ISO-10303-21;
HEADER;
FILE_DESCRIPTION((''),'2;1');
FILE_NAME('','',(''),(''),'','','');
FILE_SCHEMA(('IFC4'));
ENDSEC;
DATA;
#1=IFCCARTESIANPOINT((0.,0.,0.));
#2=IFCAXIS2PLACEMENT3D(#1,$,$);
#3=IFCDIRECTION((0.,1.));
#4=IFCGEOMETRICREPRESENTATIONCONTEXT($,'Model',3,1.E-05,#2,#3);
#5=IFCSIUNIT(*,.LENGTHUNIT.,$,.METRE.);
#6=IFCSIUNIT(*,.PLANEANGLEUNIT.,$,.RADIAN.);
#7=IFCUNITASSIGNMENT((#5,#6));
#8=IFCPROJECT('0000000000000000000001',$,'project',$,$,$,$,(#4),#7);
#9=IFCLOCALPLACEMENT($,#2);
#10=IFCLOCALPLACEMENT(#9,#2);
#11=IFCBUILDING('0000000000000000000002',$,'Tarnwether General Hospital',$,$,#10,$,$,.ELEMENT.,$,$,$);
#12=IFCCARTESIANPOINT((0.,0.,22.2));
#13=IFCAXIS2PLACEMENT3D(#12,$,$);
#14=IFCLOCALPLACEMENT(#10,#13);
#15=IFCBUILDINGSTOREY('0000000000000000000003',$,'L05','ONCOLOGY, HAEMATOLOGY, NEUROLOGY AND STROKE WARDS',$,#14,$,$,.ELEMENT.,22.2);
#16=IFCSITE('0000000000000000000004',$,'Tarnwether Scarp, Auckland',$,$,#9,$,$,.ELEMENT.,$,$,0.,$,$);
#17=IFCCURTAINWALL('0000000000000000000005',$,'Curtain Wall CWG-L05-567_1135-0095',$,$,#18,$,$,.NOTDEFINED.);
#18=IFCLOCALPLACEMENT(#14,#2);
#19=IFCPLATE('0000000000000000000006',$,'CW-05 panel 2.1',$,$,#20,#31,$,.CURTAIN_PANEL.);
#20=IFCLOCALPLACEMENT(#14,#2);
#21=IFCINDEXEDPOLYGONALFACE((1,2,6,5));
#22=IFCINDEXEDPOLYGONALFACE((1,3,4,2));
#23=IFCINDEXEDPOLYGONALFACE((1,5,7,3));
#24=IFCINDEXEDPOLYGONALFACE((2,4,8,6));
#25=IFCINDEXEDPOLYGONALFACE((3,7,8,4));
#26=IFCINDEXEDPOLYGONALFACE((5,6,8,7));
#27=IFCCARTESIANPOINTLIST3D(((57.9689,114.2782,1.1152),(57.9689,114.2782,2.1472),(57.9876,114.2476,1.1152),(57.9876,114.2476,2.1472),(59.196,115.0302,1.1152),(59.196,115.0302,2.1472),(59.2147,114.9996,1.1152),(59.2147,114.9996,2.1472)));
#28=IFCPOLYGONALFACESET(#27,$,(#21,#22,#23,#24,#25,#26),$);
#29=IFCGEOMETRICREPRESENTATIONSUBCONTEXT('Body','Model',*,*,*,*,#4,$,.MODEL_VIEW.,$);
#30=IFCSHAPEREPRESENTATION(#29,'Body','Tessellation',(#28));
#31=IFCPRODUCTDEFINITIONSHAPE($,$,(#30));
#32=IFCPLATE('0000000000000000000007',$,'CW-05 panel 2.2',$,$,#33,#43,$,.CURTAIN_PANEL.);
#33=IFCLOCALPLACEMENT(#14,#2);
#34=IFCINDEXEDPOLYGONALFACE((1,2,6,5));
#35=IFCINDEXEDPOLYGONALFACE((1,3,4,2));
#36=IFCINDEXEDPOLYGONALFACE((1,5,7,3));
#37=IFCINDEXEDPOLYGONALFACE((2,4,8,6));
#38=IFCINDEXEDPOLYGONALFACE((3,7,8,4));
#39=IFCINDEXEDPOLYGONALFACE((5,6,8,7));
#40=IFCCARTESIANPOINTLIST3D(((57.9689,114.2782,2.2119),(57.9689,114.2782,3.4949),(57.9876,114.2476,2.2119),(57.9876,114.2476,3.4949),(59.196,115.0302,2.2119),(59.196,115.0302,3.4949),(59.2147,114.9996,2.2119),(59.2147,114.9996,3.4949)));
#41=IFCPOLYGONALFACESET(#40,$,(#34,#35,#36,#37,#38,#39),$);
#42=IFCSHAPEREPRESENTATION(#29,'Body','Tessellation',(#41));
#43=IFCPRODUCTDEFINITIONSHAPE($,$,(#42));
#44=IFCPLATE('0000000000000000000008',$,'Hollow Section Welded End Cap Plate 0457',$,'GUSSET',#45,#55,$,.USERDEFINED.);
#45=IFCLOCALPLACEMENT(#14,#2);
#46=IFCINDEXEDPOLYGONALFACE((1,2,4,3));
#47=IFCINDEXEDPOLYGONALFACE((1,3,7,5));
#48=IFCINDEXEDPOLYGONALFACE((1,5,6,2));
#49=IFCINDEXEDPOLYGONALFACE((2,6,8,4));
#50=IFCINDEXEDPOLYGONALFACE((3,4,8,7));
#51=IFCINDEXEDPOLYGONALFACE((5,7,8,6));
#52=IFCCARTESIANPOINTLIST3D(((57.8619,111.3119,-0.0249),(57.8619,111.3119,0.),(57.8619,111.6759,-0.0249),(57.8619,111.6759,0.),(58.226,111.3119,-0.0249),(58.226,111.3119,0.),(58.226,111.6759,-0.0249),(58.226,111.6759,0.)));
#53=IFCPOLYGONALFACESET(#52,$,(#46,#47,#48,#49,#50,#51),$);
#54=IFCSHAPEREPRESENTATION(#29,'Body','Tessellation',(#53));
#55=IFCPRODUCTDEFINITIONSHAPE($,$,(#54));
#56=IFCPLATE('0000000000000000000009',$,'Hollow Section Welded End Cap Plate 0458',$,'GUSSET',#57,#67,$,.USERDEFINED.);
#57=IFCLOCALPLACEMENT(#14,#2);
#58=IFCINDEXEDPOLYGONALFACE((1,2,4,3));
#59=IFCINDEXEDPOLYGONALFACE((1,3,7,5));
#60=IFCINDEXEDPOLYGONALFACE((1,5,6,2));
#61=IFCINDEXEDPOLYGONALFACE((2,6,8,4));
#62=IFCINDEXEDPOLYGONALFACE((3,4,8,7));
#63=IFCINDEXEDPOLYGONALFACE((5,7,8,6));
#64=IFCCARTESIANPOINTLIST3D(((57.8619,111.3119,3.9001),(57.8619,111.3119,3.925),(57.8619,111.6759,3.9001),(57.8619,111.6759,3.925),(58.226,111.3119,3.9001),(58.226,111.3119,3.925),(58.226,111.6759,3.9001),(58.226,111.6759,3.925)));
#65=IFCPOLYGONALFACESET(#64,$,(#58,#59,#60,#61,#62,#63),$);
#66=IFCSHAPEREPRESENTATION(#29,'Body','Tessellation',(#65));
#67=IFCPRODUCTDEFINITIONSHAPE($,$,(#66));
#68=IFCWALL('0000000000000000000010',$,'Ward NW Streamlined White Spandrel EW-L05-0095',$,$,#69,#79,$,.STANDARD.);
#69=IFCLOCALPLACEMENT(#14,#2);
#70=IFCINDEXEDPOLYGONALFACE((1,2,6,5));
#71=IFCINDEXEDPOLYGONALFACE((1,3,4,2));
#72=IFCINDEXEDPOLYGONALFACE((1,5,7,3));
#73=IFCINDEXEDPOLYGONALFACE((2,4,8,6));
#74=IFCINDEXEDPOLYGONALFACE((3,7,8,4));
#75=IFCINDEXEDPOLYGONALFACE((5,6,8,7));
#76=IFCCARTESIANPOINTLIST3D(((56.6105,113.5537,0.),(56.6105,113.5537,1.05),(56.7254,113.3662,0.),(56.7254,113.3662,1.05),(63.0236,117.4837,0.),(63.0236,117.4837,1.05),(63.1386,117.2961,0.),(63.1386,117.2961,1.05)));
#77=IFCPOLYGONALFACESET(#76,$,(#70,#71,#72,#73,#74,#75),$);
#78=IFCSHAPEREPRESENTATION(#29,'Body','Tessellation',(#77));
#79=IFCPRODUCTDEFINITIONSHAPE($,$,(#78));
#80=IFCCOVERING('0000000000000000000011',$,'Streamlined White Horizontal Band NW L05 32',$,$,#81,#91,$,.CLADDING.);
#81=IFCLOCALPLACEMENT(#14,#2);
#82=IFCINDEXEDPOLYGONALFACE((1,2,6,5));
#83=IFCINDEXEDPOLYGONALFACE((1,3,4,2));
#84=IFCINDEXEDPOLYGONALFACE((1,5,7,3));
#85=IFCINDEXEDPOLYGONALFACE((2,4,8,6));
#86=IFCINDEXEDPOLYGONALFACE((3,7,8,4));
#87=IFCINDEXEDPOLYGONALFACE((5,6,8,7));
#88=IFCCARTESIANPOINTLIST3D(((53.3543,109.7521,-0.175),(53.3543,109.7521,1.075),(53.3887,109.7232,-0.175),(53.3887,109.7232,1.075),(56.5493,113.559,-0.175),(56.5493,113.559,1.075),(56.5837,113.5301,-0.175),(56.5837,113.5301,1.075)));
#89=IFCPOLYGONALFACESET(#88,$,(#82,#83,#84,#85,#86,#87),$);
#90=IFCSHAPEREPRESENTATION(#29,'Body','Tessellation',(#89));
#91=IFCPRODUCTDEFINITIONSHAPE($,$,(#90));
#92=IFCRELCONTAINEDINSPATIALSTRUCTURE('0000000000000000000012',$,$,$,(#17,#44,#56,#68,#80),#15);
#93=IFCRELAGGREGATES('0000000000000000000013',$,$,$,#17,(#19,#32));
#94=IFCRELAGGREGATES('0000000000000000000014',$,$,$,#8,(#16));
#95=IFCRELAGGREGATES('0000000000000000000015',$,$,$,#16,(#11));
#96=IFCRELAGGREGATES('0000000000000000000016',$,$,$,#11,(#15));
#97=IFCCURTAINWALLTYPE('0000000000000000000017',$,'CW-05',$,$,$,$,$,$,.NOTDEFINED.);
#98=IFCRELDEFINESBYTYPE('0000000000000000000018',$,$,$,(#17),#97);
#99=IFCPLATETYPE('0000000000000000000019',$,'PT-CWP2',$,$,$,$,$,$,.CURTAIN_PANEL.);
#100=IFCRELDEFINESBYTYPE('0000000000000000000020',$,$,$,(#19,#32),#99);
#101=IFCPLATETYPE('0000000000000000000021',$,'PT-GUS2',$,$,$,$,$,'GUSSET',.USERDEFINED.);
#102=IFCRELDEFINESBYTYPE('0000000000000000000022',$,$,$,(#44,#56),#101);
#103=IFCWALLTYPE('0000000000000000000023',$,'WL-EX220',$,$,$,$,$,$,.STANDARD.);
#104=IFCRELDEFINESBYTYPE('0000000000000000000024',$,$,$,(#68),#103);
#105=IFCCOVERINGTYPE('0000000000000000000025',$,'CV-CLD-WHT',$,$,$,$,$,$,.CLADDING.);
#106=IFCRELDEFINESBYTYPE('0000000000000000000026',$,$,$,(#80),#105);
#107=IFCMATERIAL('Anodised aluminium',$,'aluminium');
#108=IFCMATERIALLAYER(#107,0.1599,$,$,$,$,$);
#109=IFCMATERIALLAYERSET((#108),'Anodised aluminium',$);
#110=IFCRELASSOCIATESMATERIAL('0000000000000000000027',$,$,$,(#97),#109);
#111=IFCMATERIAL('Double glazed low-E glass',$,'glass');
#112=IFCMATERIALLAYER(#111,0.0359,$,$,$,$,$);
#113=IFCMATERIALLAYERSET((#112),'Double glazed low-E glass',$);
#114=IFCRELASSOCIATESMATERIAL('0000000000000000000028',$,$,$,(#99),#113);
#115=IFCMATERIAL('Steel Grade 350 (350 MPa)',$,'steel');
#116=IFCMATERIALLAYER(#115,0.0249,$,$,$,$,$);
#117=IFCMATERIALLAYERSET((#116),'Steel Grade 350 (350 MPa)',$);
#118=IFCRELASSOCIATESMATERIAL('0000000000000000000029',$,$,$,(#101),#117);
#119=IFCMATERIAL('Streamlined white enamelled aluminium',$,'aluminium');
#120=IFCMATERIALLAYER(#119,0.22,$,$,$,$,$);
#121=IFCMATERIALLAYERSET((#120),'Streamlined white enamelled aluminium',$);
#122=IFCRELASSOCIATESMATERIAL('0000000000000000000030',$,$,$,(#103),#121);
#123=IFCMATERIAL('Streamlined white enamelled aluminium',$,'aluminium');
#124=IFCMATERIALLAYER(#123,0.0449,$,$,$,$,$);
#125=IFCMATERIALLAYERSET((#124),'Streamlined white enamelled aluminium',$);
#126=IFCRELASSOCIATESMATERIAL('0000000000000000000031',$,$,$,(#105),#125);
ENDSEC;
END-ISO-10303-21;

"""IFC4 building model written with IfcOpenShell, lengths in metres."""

from ifc_helpers import new_model, si_unit, direction, frame, frame_2d, origin, origin_2d, place, context, subcontext, project, spatial, rectangle, extrude, material, layer, layer_set, type_object, element, aggregate, save


model = new_model("IFC4")

# Units and contexts
model_context = context("Model", 3, precision=1e-05, world=origin(), true_north=direction((0.0, 1.0)))
body_context = subcontext(model_context, "Body", "Model", "MODEL_VIEW")
ifc_project = project(units=[si_unit("LENGTHUNIT", "METRE"), si_unit("PLANEANGLEUNIT", "RADIAN")], contexts=[model_context])

# Site, building, storey
site_placement = place(None, origin())
site = spatial("IfcSite", under=ifc_project, at=site_placement, Name="Tarnwether Scarp, Auckland", CompositionType="ELEMENT", RefElevation=0.0)
building_placement = place(site_placement, origin())
building = spatial("IfcBuilding", under=site, at=building_placement, Name="Tarnwether General Hospital", CompositionType="ELEMENT")
storey_placement = place(building_placement, frame((0.0, 0.0, 22.2)))
storey = spatial("IfcBuildingStorey", under=building, at=storey_placement, Name="L05", Description="ONCOLOGY, HAEMATOLOGY, NEUROLOGY AND STROKE WARDS", CompositionType="ELEMENT", Elevation=22.2)

# Curtain wall
ifc_material_1 = material(Name="Anodised aluminium", Category="aluminium")
ifc_layer_1 = layer(ifc_material_1, 0.1599)
ifc_layer_set_1 = layer_set([ifc_layer_1], Name="Anodised aluminium")
curtain_wall_type_1 = type_object("IfcCurtainWallType", Name="CW-05", PredefinedType="NOTDEFINED", material=ifc_layer_set_1)
curtain_wall_1_placement = place(storey_placement, origin())
curtain_wall_1 = element("IfcCurtainWall", 1, at=curtain_wall_1_placement, inside=storey, type_object=curtain_wall_type_1, Name="Curtain Wall CWG-L05-567_1135-0095", PredefinedType="NOTDEFINED")

# Plates
ifc_material_2 = material(Name="Double glazed low-E glass", Category="glass")
ifc_layer_2 = layer(ifc_material_2, 0.0359)
ifc_layer_set_2 = layer_set([ifc_layer_2], Name="Double glazed low-E glass")
plate_type_1 = type_object("IfcPlateType", Name="PT-CWP2", PredefinedType="CURTAIN_PANEL", material=ifc_layer_set_2)
plate_1_placement = place(storey_placement, frame((58.5918, 114.6389, 1.1152), z_axis=(0.0, 0.0, 1.0), x_axis=(0.852634, 0.522509, 0.0)))
plate_1 = element("IfcPlate", 2, at=plate_1_placement, type_object=plate_type_1, Name="CW-05 panel 2.1", PredefinedType="CURTAIN_PANEL", context=body_context, shape_type="SweptSolid", body=[
    extrude(rectangle(XDim=1.4392, YDim=0.0359, at=origin_2d()), origin(), (0.0, 0.0, 1.0), 1.032),
])
plate_2_placement = place(storey_placement, frame((58.5918, 114.6389, 2.2119), z_axis=(0.0, 0.0, 1.0), x_axis=(0.852634, 0.522509, 0.0)))
plate_2 = element("IfcPlate", 3, at=plate_2_placement, type_object=plate_type_1, Name="CW-05 panel 2.2", PredefinedType="CURTAIN_PANEL", context=body_context, shape_type="SweptSolid", body=[
    extrude(rectangle(XDim=1.4392, YDim=0.0359, at=origin_2d()), origin(), (0.0, 0.0, 1.0), 1.283),
])
aggregate(curtain_wall_1, [plate_1, plate_2])

# Plates
ifc_material_3 = material(Name="Steel Grade 350 (350 MPa)", Category="steel")
ifc_layer_3 = layer(ifc_material_3, 0.0249)
ifc_layer_set_3 = layer_set([ifc_layer_3], Name="Steel Grade 350 (350 MPa)")
plate_type_2 = type_object("IfcPlateType", Name="PT-GUS2", ElementType="GUSSET", PredefinedType="USERDEFINED", material=ifc_layer_set_3)
for number, where, z_axis, x_axis, name in (
    (4, (58.0439, 111.4939, -0.0249), (0.0, 0.0, 1.0), (1.0, 0.0, 0.0), "Hollow Section Welded End Cap Plate 0457"),
    (5, (58.0439, 111.4939, 3.9001), (0.0, 0.0, 1.0), (1.0, 0.0, 0.0), "Hollow Section Welded End Cap Plate 0458"),
):
    element("IfcPlate", number, at=place(storey_placement, frame(where, z_axis=z_axis, x_axis=x_axis)), inside=storey, type_object=plate_type_2, Name=name, ObjectType="GUSSET", PredefinedType="USERDEFINED", context=body_context, shape_type="SweptSolid", body=[
        extrude(rectangle(XDim=0.364, YDim=0.364, at=origin_2d()), origin(), (0.0, 0.0, 1.0), 0.0249),
    ])

# Wall
ifc_material_4 = material(Name="Streamlined white enamelled aluminium", Category="aluminium")
ifc_layer_4 = layer(ifc_material_4, 0.22)
ifc_layer_set_4 = layer_set([ifc_layer_4], Name="Streamlined white enamelled aluminium")
wall_type = type_object("IfcWallType", Name="WL-EX220", PredefinedType="STANDARD", material=ifc_layer_set_4)
wall_placement = place(storey_placement, frame((56.668, 113.46, 0.0), z_axis=(0.0, 0.0, 1.0), x_axis=(0.852641, 0.522497, 0.0)))
element("IfcWall", 6, at=wall_placement, inside=storey, type_object=wall_type, Name="Ward NW Streamlined White Spandrel EW-L05-0095", PredefinedType="STANDARD", context=body_context, shape_type="SweptSolid", body=[
    extrude(rectangle(XDim=7.5215, YDim=0.22, at=frame_2d((3.7607, 0.0))), origin(), (0.0, 0.0, 1.0), 1.05),
])

# Covering
ifc_material_5 = material(Name="Streamlined white enamelled aluminium", Category="aluminium")
ifc_layer_5 = layer(ifc_material_5, 0.0449)
ifc_layer_set_5 = layer_set([ifc_layer_5], Name="Streamlined white enamelled aluminium")
covering_type = type_object("IfcCoveringType", Name="CV-CLD-WHT", PredefinedType="CLADDING", material=ifc_layer_set_5)
covering_placement = place(storey_placement, frame((54.969, 111.6411, -0.175), z_axis=(0.0, 0.0, 1.0), x_axis=(0.642854, 0.765988, 0.0)))
element("IfcCovering", 7, at=covering_placement, inside=storey, type_object=covering_type, Name="Streamlined White Horizontal Band NW L05 32", PredefinedType="CLADDING", context=body_context, shape_type="SweptSolid", body=[
    extrude(rectangle(XDim=4.97, YDim=0.0449, at=origin_2d()), origin(), (0.0, 0.0, 1.0), 1.25),
])

save(model, "model.ifc")
